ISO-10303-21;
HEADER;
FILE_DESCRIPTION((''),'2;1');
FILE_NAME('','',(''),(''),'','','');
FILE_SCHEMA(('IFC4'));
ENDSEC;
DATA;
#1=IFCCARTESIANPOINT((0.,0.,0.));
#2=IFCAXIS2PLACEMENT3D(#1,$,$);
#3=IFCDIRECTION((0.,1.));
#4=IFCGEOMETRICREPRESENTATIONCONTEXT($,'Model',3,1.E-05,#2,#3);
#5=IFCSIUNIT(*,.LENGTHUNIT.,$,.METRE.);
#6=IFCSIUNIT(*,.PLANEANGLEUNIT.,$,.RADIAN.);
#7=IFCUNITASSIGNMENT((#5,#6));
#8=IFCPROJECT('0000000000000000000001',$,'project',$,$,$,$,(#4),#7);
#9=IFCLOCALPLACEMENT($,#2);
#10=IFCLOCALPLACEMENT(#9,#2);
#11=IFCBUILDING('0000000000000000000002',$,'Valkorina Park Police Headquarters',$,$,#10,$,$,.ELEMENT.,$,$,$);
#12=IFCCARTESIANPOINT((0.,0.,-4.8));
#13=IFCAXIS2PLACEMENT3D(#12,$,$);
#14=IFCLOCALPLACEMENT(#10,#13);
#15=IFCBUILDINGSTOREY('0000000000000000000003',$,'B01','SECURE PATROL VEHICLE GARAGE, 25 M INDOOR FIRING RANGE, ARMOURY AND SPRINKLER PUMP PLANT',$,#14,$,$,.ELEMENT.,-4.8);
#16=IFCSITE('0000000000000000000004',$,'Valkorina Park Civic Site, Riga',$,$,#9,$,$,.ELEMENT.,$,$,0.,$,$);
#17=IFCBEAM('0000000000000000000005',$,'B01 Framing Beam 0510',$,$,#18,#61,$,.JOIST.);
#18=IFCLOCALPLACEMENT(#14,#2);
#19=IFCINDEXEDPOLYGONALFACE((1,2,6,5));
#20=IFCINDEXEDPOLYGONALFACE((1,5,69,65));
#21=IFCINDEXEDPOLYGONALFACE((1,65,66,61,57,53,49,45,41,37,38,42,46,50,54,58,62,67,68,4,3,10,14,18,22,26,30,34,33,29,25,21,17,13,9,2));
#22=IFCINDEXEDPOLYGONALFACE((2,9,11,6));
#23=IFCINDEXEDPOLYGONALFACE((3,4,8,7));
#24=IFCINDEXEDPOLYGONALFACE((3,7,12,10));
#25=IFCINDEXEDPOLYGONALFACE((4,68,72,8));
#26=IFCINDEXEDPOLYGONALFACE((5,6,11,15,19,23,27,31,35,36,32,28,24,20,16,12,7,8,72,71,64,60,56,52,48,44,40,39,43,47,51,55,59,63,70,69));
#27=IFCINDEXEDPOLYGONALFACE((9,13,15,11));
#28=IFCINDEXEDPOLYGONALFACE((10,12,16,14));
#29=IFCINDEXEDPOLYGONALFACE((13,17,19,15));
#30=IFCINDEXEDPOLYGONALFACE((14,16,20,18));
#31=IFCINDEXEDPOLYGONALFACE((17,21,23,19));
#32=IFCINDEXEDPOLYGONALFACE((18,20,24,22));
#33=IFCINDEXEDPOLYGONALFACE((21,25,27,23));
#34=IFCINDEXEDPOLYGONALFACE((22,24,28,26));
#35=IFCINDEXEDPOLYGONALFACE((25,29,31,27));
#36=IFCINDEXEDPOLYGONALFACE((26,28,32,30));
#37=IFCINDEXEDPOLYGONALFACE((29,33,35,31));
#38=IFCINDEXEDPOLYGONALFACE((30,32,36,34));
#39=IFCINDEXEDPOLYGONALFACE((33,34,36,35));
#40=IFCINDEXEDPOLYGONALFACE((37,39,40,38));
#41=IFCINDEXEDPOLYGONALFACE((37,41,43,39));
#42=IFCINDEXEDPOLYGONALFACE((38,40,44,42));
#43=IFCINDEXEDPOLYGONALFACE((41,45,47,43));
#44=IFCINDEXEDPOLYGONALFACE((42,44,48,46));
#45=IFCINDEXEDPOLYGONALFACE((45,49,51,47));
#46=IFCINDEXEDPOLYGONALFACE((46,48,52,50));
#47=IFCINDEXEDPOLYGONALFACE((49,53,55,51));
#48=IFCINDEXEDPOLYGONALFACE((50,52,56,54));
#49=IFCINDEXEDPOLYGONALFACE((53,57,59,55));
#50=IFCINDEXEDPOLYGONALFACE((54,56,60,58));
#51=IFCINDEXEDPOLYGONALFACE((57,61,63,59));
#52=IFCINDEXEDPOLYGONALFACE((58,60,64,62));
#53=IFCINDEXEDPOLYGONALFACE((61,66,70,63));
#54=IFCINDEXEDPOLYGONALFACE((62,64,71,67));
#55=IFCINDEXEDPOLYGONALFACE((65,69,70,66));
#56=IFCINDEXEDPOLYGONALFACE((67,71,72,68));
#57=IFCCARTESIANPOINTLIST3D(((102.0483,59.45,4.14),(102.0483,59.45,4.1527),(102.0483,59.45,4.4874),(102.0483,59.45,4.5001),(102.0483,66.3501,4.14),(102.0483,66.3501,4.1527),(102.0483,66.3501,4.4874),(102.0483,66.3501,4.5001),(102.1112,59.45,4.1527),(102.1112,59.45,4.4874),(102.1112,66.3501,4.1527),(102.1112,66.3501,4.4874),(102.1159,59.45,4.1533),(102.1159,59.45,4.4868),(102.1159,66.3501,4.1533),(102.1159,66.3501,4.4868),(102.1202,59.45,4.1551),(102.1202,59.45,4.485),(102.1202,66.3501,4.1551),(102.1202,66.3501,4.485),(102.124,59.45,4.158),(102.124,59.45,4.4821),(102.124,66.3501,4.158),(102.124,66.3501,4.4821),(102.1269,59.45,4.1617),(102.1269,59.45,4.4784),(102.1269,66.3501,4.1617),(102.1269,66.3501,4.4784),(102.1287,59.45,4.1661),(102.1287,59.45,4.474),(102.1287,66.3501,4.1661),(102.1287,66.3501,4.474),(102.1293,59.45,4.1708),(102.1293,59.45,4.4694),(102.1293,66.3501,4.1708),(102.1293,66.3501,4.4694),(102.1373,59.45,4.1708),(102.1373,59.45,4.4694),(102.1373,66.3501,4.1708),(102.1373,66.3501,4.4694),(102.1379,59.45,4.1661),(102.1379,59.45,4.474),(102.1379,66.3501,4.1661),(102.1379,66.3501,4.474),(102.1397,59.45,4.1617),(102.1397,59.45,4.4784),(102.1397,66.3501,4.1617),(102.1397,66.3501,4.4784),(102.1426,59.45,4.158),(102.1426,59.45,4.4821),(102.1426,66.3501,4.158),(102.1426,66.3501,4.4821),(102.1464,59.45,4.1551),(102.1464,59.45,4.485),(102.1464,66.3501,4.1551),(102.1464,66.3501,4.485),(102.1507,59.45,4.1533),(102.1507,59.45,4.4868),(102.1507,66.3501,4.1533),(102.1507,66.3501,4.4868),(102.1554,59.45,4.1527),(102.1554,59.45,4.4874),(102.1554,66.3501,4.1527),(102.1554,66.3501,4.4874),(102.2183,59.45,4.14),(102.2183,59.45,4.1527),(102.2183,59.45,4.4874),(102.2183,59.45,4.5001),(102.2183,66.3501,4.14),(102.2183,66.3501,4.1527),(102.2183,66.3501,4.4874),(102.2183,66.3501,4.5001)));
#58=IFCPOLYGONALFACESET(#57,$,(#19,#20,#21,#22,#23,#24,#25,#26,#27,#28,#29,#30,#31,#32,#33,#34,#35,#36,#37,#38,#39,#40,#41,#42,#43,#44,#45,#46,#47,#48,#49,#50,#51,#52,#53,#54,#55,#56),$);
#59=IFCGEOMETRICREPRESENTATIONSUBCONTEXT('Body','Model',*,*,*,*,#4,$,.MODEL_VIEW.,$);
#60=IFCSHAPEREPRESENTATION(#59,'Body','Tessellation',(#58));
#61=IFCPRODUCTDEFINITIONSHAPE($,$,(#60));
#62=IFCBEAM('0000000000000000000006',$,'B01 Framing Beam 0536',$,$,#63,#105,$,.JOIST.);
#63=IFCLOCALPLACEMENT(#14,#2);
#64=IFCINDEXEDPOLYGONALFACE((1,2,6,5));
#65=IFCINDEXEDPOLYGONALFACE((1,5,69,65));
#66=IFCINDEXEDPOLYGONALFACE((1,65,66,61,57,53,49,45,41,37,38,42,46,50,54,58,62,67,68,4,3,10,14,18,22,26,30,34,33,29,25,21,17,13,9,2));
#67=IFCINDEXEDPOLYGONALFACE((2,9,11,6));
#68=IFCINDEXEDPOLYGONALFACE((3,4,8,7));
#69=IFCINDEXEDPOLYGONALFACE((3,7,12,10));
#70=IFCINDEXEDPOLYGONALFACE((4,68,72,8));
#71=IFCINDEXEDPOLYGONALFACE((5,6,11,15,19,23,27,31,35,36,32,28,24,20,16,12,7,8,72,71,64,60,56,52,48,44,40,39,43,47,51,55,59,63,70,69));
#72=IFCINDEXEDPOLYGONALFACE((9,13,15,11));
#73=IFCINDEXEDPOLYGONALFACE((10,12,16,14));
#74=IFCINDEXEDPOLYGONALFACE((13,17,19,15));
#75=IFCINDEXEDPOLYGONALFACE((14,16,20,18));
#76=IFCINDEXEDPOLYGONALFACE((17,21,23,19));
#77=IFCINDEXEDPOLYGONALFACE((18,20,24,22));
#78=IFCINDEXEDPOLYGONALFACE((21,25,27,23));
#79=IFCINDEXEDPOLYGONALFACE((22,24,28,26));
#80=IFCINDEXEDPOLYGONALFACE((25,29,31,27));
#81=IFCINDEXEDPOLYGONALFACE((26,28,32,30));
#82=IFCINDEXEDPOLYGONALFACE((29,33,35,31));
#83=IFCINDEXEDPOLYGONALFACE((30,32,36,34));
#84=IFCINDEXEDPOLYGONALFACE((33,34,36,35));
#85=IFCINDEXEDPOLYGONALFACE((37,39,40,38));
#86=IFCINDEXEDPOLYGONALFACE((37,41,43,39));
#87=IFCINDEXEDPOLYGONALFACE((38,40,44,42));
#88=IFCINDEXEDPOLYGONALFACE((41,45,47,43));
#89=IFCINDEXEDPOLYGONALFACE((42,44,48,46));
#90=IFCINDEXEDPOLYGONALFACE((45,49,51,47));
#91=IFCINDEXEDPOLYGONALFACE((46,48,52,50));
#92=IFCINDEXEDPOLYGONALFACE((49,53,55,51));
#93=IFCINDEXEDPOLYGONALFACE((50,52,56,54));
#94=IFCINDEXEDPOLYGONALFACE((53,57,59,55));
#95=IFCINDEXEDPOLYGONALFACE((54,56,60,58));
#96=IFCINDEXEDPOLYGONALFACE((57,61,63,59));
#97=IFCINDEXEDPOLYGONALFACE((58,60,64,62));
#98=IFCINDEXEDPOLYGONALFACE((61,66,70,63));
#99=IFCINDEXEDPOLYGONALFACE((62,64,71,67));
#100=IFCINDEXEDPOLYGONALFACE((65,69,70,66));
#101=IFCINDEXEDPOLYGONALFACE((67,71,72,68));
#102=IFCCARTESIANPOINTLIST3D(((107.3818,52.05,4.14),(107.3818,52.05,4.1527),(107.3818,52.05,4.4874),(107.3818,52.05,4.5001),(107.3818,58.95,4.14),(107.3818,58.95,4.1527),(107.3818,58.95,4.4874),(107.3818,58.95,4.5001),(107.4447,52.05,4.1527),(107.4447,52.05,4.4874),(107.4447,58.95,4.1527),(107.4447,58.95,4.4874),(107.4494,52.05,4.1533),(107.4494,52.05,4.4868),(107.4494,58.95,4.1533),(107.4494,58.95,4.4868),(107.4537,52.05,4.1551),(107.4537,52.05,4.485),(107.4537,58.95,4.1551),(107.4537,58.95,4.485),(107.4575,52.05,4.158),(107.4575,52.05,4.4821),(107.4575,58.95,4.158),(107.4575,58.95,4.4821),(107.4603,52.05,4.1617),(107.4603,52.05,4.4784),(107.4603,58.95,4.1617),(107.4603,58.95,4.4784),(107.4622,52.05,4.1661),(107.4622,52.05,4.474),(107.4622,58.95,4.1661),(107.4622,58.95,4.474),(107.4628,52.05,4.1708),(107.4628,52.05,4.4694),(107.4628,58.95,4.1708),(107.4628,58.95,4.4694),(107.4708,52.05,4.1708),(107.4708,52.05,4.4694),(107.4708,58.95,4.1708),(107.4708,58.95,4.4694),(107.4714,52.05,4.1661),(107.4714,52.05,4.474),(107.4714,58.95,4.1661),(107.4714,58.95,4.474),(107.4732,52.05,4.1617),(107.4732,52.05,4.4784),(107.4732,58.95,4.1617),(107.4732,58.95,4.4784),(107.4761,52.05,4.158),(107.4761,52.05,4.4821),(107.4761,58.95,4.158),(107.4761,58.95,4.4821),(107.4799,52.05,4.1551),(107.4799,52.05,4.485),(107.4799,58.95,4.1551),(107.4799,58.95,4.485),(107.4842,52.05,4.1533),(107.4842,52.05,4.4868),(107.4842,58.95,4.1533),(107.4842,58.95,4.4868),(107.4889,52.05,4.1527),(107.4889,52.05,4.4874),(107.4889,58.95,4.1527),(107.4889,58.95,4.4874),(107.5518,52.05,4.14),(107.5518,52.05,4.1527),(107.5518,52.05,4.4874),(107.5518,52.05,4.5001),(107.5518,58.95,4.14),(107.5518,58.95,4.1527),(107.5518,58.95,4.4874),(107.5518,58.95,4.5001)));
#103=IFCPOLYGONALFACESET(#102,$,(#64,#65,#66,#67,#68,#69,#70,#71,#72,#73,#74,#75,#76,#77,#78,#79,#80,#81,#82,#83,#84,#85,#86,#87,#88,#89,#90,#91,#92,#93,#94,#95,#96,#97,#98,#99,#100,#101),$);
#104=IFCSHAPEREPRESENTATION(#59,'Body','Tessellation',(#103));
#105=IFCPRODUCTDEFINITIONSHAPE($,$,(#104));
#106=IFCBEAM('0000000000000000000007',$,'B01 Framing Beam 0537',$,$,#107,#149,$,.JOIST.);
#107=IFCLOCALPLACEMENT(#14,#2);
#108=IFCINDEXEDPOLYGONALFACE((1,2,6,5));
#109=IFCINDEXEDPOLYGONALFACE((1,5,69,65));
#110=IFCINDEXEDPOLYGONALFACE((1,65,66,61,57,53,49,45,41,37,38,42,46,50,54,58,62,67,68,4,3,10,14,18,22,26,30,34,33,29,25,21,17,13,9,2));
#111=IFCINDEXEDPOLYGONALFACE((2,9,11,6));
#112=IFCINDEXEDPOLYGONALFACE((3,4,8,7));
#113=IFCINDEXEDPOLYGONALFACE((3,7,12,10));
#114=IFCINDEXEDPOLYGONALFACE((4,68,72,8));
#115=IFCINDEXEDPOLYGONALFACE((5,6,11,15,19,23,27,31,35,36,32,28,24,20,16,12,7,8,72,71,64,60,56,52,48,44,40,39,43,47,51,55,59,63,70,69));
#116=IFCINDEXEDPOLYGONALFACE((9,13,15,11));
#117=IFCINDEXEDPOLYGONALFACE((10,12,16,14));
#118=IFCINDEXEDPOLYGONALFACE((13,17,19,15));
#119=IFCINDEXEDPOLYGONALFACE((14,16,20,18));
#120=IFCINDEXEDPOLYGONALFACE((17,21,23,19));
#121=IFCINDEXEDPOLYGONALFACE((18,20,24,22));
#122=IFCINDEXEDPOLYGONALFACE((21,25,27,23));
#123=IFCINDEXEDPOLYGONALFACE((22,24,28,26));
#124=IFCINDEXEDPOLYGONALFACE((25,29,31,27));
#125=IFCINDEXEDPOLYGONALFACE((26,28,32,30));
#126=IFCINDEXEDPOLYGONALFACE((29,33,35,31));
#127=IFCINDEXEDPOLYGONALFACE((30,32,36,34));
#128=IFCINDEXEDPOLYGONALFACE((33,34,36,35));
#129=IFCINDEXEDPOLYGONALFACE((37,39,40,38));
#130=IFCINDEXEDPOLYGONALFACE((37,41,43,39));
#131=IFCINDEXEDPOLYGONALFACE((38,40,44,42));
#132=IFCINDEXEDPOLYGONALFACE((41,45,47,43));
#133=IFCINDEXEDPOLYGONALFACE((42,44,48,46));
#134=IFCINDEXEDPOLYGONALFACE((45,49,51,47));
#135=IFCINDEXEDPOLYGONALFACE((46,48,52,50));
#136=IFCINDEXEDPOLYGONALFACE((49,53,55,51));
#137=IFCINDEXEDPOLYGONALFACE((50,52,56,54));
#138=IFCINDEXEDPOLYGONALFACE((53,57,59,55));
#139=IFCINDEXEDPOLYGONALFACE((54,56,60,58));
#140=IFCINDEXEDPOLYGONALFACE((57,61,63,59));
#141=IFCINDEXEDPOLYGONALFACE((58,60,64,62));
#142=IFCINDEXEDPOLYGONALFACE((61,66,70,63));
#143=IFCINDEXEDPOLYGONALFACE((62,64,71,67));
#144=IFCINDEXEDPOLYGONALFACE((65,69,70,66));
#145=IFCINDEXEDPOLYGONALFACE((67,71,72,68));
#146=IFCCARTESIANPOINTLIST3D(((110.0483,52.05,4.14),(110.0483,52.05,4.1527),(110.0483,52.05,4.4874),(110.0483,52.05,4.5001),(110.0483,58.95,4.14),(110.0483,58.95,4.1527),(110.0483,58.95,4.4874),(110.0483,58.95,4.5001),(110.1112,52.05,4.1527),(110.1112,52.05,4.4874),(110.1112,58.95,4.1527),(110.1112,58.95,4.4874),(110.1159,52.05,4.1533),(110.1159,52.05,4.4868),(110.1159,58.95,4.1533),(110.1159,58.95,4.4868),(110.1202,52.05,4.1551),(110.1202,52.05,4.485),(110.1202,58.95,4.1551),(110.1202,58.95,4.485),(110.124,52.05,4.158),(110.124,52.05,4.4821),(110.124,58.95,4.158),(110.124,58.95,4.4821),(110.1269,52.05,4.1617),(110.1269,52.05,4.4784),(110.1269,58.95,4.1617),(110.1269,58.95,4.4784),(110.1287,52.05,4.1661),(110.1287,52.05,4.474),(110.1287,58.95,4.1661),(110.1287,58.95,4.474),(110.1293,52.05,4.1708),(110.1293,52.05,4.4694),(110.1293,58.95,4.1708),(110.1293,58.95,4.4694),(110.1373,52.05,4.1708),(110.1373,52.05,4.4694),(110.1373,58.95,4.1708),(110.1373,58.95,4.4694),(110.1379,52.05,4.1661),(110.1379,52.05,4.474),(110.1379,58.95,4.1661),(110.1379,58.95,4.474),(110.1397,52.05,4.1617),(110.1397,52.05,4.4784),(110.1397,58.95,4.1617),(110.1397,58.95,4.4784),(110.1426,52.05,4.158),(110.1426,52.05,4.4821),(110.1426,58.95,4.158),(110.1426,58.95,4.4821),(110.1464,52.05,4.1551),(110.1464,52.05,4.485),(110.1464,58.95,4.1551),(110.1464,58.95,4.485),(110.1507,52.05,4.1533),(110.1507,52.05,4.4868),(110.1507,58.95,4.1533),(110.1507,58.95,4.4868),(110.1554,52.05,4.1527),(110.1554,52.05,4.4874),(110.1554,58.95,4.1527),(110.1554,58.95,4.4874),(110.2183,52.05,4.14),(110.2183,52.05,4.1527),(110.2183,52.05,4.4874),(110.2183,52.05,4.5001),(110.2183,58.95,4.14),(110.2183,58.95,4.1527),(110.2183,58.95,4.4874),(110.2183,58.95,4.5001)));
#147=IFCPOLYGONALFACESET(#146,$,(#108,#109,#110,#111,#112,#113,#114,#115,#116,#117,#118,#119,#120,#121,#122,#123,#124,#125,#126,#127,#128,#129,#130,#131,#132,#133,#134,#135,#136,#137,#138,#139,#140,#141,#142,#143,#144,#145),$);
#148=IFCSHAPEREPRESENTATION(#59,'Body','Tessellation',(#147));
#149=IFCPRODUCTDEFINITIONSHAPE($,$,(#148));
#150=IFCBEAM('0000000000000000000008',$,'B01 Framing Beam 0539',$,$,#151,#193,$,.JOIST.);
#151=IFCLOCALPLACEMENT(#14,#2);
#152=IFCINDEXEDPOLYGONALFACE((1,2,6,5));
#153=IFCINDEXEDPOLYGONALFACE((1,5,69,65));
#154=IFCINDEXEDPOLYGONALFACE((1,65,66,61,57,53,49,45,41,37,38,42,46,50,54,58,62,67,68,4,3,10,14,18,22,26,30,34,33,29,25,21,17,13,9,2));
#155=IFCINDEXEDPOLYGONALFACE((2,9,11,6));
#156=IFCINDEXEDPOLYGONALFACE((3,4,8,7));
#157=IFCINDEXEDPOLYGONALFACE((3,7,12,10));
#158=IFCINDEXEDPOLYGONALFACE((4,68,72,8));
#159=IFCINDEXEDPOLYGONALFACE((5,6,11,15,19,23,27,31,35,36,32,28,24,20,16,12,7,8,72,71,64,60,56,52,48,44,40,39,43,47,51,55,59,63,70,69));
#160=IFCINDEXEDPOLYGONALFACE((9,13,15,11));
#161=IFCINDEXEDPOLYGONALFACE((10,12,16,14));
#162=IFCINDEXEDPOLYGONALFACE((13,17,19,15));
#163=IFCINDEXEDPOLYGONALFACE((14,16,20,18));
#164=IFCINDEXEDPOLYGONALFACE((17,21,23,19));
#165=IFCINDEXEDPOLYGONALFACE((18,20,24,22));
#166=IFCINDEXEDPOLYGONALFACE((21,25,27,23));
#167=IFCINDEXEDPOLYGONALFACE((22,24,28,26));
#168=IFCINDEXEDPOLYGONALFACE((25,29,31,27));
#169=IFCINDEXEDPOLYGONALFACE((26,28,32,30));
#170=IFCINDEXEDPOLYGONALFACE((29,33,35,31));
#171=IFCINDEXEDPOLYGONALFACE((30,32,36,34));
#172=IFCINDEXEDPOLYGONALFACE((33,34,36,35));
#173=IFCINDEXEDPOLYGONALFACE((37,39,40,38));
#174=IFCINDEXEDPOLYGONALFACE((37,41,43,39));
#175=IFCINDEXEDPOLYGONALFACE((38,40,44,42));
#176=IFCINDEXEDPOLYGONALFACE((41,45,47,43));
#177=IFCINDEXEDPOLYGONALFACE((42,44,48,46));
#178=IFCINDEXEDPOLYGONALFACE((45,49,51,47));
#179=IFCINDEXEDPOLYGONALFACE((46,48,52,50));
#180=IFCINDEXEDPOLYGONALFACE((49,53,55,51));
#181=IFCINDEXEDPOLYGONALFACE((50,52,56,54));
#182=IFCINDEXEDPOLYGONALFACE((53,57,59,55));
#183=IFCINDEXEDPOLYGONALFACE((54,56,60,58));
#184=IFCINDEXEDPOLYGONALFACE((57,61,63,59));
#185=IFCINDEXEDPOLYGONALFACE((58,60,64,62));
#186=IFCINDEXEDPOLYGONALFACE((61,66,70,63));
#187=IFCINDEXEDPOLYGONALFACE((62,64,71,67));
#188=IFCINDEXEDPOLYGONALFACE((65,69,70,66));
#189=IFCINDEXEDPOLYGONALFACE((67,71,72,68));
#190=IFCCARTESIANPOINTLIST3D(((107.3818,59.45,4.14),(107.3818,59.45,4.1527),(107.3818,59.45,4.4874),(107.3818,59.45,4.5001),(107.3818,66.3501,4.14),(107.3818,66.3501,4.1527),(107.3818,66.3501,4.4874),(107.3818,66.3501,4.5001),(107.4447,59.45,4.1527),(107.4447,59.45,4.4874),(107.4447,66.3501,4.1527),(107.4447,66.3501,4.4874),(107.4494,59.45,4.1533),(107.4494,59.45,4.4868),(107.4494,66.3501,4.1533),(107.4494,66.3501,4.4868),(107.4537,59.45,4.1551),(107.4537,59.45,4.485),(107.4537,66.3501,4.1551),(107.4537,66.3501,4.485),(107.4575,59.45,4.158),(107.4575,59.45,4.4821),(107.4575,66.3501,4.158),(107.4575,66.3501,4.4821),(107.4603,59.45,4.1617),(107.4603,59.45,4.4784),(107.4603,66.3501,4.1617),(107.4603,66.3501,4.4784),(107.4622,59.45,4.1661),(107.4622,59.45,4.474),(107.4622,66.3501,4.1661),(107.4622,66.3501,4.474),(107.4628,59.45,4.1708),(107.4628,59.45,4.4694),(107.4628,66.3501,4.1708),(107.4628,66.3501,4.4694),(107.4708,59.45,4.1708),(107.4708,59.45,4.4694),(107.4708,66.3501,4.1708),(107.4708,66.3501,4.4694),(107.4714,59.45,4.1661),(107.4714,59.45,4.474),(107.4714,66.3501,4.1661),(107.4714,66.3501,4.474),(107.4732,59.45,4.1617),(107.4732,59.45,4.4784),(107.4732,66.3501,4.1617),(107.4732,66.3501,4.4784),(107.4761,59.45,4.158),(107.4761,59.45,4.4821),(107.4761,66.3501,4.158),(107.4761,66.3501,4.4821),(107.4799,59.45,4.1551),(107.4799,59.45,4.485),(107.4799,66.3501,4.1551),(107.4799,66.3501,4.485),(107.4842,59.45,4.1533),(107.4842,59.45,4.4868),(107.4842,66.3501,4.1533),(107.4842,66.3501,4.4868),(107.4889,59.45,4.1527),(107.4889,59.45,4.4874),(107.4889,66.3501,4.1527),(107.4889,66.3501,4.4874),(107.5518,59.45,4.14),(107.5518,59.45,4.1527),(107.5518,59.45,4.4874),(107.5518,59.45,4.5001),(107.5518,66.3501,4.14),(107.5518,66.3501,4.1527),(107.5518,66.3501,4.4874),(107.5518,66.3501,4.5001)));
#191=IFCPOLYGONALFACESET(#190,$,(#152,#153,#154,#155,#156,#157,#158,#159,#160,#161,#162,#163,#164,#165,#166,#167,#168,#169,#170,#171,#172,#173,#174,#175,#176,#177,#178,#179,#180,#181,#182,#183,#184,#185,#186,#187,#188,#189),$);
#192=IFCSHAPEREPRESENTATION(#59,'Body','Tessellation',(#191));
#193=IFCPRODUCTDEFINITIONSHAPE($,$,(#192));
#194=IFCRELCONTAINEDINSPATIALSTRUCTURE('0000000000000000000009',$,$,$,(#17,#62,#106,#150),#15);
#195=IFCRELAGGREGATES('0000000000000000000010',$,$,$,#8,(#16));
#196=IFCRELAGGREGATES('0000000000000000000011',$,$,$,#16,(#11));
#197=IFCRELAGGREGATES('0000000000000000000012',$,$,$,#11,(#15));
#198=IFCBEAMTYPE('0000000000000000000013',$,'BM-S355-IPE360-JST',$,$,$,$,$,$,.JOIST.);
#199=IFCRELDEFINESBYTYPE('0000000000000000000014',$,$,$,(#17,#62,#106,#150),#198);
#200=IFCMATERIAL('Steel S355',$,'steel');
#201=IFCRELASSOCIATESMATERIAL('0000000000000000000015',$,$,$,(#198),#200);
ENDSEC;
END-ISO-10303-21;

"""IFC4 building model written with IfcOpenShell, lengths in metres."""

from ifc_helpers import new_model, si_unit, direction, frame, origin, origin_2d, place, context, subcontext, project, spatial, i_section, extrude, material, material_profile, profile_set, type_object, element, save


model = new_model("IFC4")

# Units and contexts
model_context = context("Model", 3, precision=1e-05, world=origin(), true_north=direction((0.0, 1.0)))
body_context = subcontext(model_context, "Body", "Model", "MODEL_VIEW")
ifc_project = project(units=[si_unit("LENGTHUNIT", "METRE"), si_unit("PLANEANGLEUNIT", "RADIAN")], contexts=[model_context])

# Site, building, storey
site_placement = place(None, origin())
site = spatial("IfcSite", under=ifc_project, at=site_placement, Name="Valkorina Park Civic Site, Riga", CompositionType="ELEMENT", RefElevation=0.0)
building_placement = place(site_placement, origin())
building = spatial("IfcBuilding", under=site, at=building_placement, Name="Valkorina Park Police Headquarters", CompositionType="ELEMENT")
storey_placement = place(building_placement, frame((0.0, 0.0, -4.8)))
storey = spatial("IfcBuildingStorey", under=building, at=storey_placement, Name="B01", Description="SECURE PATROL VEHICLE GARAGE, 25 M INDOOR FIRING RANGE, ARMOURY AND SPRINKLER PUMP PLANT", CompositionType="ELEMENT", Elevation=-4.8)

# Beams
ifc_material_1 = material(Name="Steel S355", Category="steel")
ifc_material_profile_1 = material_profile(ifc_material_1, i_section(OverallWidth=0.1699, OverallDepth=0.3601, WebThickness=0.0081, FlangeThickness=0.0127, FilletRadius=0.0181, at=origin_2d()), Name="IPE 360")
ifc_profile_set_1 = profile_set([ifc_material_profile_1], Name="Steel S355")
beam_type_1 = type_object("IfcBeamType", Name="BM-S355-IPE360-JST", PredefinedType="JOIST", material=ifc_profile_set_1)
for number, where, z_axis, x_axis, name in (
    (1, (102.1333, 59.45, 4.3201), (0.0, 1.0, 0.0), (-1.0, 0.0, 0.0), "B01 Framing Beam 0510"),
):
    element("IfcBeam", number, at=place(storey_placement, frame(where, z_axis=z_axis, x_axis=x_axis)), inside=storey, type_object=beam_type_1, Name=name, PredefinedType="JOIST", context=body_context, shape_type="SweptSolid", body=[
        extrude(i_section(OverallWidth=0.1699, OverallDepth=0.3601, WebThickness=0.0081, FlangeThickness=0.0127, FilletRadius=0.0181, at=origin_2d()), origin(), (0.0, 0.0, 1.0), 6.9001),
    ])
for number, where, z_axis, x_axis, name in (
    (2, (107.4668, 52.05, 4.3201), (0.0, 1.0, 0.0), (-1.0, 0.0, 0.0), "B01 Framing Beam 0536"),
    (3, (110.1333, 52.05, 4.3201), (0.0, 1.0, 0.0), (-1.0, 0.0, 0.0), "B01 Framing Beam 0537"),
):
    element("IfcBeam", number, at=place(storey_placement, frame(where, z_axis=z_axis, x_axis=x_axis)), inside=storey, type_object=beam_type_1, Name=name, PredefinedType="JOIST", context=body_context, shape_type="SweptSolid", body=[
        extrude(i_section(OverallWidth=0.1699, OverallDepth=0.3601, WebThickness=0.0081, FlangeThickness=0.0127, FilletRadius=0.0181, at=origin_2d()), origin(), (0.0, 0.0, 1.0), 6.8999),
    ])
for number, where, z_axis, x_axis, name in (
    (4, (107.4668, 59.45, 4.3201), (0.0, 1.0, 0.0), (-1.0, 0.0, 0.0), "B01 Framing Beam 0539"),
):
    element("IfcBeam", number, at=place(storey_placement, frame(where, z_axis=z_axis, x_axis=x_axis)), inside=storey, type_object=beam_type_1, Name=name, PredefinedType="JOIST", context=body_context, shape_type="SweptSolid", body=[
        extrude(i_section(OverallWidth=0.1699, OverallDepth=0.3601, WebThickness=0.0081, FlangeThickness=0.0127, FilletRadius=0.0181, at=origin_2d()), origin(), (0.0, 0.0, 1.0), 6.9001),
    ])

save(model, "model.ifc")
